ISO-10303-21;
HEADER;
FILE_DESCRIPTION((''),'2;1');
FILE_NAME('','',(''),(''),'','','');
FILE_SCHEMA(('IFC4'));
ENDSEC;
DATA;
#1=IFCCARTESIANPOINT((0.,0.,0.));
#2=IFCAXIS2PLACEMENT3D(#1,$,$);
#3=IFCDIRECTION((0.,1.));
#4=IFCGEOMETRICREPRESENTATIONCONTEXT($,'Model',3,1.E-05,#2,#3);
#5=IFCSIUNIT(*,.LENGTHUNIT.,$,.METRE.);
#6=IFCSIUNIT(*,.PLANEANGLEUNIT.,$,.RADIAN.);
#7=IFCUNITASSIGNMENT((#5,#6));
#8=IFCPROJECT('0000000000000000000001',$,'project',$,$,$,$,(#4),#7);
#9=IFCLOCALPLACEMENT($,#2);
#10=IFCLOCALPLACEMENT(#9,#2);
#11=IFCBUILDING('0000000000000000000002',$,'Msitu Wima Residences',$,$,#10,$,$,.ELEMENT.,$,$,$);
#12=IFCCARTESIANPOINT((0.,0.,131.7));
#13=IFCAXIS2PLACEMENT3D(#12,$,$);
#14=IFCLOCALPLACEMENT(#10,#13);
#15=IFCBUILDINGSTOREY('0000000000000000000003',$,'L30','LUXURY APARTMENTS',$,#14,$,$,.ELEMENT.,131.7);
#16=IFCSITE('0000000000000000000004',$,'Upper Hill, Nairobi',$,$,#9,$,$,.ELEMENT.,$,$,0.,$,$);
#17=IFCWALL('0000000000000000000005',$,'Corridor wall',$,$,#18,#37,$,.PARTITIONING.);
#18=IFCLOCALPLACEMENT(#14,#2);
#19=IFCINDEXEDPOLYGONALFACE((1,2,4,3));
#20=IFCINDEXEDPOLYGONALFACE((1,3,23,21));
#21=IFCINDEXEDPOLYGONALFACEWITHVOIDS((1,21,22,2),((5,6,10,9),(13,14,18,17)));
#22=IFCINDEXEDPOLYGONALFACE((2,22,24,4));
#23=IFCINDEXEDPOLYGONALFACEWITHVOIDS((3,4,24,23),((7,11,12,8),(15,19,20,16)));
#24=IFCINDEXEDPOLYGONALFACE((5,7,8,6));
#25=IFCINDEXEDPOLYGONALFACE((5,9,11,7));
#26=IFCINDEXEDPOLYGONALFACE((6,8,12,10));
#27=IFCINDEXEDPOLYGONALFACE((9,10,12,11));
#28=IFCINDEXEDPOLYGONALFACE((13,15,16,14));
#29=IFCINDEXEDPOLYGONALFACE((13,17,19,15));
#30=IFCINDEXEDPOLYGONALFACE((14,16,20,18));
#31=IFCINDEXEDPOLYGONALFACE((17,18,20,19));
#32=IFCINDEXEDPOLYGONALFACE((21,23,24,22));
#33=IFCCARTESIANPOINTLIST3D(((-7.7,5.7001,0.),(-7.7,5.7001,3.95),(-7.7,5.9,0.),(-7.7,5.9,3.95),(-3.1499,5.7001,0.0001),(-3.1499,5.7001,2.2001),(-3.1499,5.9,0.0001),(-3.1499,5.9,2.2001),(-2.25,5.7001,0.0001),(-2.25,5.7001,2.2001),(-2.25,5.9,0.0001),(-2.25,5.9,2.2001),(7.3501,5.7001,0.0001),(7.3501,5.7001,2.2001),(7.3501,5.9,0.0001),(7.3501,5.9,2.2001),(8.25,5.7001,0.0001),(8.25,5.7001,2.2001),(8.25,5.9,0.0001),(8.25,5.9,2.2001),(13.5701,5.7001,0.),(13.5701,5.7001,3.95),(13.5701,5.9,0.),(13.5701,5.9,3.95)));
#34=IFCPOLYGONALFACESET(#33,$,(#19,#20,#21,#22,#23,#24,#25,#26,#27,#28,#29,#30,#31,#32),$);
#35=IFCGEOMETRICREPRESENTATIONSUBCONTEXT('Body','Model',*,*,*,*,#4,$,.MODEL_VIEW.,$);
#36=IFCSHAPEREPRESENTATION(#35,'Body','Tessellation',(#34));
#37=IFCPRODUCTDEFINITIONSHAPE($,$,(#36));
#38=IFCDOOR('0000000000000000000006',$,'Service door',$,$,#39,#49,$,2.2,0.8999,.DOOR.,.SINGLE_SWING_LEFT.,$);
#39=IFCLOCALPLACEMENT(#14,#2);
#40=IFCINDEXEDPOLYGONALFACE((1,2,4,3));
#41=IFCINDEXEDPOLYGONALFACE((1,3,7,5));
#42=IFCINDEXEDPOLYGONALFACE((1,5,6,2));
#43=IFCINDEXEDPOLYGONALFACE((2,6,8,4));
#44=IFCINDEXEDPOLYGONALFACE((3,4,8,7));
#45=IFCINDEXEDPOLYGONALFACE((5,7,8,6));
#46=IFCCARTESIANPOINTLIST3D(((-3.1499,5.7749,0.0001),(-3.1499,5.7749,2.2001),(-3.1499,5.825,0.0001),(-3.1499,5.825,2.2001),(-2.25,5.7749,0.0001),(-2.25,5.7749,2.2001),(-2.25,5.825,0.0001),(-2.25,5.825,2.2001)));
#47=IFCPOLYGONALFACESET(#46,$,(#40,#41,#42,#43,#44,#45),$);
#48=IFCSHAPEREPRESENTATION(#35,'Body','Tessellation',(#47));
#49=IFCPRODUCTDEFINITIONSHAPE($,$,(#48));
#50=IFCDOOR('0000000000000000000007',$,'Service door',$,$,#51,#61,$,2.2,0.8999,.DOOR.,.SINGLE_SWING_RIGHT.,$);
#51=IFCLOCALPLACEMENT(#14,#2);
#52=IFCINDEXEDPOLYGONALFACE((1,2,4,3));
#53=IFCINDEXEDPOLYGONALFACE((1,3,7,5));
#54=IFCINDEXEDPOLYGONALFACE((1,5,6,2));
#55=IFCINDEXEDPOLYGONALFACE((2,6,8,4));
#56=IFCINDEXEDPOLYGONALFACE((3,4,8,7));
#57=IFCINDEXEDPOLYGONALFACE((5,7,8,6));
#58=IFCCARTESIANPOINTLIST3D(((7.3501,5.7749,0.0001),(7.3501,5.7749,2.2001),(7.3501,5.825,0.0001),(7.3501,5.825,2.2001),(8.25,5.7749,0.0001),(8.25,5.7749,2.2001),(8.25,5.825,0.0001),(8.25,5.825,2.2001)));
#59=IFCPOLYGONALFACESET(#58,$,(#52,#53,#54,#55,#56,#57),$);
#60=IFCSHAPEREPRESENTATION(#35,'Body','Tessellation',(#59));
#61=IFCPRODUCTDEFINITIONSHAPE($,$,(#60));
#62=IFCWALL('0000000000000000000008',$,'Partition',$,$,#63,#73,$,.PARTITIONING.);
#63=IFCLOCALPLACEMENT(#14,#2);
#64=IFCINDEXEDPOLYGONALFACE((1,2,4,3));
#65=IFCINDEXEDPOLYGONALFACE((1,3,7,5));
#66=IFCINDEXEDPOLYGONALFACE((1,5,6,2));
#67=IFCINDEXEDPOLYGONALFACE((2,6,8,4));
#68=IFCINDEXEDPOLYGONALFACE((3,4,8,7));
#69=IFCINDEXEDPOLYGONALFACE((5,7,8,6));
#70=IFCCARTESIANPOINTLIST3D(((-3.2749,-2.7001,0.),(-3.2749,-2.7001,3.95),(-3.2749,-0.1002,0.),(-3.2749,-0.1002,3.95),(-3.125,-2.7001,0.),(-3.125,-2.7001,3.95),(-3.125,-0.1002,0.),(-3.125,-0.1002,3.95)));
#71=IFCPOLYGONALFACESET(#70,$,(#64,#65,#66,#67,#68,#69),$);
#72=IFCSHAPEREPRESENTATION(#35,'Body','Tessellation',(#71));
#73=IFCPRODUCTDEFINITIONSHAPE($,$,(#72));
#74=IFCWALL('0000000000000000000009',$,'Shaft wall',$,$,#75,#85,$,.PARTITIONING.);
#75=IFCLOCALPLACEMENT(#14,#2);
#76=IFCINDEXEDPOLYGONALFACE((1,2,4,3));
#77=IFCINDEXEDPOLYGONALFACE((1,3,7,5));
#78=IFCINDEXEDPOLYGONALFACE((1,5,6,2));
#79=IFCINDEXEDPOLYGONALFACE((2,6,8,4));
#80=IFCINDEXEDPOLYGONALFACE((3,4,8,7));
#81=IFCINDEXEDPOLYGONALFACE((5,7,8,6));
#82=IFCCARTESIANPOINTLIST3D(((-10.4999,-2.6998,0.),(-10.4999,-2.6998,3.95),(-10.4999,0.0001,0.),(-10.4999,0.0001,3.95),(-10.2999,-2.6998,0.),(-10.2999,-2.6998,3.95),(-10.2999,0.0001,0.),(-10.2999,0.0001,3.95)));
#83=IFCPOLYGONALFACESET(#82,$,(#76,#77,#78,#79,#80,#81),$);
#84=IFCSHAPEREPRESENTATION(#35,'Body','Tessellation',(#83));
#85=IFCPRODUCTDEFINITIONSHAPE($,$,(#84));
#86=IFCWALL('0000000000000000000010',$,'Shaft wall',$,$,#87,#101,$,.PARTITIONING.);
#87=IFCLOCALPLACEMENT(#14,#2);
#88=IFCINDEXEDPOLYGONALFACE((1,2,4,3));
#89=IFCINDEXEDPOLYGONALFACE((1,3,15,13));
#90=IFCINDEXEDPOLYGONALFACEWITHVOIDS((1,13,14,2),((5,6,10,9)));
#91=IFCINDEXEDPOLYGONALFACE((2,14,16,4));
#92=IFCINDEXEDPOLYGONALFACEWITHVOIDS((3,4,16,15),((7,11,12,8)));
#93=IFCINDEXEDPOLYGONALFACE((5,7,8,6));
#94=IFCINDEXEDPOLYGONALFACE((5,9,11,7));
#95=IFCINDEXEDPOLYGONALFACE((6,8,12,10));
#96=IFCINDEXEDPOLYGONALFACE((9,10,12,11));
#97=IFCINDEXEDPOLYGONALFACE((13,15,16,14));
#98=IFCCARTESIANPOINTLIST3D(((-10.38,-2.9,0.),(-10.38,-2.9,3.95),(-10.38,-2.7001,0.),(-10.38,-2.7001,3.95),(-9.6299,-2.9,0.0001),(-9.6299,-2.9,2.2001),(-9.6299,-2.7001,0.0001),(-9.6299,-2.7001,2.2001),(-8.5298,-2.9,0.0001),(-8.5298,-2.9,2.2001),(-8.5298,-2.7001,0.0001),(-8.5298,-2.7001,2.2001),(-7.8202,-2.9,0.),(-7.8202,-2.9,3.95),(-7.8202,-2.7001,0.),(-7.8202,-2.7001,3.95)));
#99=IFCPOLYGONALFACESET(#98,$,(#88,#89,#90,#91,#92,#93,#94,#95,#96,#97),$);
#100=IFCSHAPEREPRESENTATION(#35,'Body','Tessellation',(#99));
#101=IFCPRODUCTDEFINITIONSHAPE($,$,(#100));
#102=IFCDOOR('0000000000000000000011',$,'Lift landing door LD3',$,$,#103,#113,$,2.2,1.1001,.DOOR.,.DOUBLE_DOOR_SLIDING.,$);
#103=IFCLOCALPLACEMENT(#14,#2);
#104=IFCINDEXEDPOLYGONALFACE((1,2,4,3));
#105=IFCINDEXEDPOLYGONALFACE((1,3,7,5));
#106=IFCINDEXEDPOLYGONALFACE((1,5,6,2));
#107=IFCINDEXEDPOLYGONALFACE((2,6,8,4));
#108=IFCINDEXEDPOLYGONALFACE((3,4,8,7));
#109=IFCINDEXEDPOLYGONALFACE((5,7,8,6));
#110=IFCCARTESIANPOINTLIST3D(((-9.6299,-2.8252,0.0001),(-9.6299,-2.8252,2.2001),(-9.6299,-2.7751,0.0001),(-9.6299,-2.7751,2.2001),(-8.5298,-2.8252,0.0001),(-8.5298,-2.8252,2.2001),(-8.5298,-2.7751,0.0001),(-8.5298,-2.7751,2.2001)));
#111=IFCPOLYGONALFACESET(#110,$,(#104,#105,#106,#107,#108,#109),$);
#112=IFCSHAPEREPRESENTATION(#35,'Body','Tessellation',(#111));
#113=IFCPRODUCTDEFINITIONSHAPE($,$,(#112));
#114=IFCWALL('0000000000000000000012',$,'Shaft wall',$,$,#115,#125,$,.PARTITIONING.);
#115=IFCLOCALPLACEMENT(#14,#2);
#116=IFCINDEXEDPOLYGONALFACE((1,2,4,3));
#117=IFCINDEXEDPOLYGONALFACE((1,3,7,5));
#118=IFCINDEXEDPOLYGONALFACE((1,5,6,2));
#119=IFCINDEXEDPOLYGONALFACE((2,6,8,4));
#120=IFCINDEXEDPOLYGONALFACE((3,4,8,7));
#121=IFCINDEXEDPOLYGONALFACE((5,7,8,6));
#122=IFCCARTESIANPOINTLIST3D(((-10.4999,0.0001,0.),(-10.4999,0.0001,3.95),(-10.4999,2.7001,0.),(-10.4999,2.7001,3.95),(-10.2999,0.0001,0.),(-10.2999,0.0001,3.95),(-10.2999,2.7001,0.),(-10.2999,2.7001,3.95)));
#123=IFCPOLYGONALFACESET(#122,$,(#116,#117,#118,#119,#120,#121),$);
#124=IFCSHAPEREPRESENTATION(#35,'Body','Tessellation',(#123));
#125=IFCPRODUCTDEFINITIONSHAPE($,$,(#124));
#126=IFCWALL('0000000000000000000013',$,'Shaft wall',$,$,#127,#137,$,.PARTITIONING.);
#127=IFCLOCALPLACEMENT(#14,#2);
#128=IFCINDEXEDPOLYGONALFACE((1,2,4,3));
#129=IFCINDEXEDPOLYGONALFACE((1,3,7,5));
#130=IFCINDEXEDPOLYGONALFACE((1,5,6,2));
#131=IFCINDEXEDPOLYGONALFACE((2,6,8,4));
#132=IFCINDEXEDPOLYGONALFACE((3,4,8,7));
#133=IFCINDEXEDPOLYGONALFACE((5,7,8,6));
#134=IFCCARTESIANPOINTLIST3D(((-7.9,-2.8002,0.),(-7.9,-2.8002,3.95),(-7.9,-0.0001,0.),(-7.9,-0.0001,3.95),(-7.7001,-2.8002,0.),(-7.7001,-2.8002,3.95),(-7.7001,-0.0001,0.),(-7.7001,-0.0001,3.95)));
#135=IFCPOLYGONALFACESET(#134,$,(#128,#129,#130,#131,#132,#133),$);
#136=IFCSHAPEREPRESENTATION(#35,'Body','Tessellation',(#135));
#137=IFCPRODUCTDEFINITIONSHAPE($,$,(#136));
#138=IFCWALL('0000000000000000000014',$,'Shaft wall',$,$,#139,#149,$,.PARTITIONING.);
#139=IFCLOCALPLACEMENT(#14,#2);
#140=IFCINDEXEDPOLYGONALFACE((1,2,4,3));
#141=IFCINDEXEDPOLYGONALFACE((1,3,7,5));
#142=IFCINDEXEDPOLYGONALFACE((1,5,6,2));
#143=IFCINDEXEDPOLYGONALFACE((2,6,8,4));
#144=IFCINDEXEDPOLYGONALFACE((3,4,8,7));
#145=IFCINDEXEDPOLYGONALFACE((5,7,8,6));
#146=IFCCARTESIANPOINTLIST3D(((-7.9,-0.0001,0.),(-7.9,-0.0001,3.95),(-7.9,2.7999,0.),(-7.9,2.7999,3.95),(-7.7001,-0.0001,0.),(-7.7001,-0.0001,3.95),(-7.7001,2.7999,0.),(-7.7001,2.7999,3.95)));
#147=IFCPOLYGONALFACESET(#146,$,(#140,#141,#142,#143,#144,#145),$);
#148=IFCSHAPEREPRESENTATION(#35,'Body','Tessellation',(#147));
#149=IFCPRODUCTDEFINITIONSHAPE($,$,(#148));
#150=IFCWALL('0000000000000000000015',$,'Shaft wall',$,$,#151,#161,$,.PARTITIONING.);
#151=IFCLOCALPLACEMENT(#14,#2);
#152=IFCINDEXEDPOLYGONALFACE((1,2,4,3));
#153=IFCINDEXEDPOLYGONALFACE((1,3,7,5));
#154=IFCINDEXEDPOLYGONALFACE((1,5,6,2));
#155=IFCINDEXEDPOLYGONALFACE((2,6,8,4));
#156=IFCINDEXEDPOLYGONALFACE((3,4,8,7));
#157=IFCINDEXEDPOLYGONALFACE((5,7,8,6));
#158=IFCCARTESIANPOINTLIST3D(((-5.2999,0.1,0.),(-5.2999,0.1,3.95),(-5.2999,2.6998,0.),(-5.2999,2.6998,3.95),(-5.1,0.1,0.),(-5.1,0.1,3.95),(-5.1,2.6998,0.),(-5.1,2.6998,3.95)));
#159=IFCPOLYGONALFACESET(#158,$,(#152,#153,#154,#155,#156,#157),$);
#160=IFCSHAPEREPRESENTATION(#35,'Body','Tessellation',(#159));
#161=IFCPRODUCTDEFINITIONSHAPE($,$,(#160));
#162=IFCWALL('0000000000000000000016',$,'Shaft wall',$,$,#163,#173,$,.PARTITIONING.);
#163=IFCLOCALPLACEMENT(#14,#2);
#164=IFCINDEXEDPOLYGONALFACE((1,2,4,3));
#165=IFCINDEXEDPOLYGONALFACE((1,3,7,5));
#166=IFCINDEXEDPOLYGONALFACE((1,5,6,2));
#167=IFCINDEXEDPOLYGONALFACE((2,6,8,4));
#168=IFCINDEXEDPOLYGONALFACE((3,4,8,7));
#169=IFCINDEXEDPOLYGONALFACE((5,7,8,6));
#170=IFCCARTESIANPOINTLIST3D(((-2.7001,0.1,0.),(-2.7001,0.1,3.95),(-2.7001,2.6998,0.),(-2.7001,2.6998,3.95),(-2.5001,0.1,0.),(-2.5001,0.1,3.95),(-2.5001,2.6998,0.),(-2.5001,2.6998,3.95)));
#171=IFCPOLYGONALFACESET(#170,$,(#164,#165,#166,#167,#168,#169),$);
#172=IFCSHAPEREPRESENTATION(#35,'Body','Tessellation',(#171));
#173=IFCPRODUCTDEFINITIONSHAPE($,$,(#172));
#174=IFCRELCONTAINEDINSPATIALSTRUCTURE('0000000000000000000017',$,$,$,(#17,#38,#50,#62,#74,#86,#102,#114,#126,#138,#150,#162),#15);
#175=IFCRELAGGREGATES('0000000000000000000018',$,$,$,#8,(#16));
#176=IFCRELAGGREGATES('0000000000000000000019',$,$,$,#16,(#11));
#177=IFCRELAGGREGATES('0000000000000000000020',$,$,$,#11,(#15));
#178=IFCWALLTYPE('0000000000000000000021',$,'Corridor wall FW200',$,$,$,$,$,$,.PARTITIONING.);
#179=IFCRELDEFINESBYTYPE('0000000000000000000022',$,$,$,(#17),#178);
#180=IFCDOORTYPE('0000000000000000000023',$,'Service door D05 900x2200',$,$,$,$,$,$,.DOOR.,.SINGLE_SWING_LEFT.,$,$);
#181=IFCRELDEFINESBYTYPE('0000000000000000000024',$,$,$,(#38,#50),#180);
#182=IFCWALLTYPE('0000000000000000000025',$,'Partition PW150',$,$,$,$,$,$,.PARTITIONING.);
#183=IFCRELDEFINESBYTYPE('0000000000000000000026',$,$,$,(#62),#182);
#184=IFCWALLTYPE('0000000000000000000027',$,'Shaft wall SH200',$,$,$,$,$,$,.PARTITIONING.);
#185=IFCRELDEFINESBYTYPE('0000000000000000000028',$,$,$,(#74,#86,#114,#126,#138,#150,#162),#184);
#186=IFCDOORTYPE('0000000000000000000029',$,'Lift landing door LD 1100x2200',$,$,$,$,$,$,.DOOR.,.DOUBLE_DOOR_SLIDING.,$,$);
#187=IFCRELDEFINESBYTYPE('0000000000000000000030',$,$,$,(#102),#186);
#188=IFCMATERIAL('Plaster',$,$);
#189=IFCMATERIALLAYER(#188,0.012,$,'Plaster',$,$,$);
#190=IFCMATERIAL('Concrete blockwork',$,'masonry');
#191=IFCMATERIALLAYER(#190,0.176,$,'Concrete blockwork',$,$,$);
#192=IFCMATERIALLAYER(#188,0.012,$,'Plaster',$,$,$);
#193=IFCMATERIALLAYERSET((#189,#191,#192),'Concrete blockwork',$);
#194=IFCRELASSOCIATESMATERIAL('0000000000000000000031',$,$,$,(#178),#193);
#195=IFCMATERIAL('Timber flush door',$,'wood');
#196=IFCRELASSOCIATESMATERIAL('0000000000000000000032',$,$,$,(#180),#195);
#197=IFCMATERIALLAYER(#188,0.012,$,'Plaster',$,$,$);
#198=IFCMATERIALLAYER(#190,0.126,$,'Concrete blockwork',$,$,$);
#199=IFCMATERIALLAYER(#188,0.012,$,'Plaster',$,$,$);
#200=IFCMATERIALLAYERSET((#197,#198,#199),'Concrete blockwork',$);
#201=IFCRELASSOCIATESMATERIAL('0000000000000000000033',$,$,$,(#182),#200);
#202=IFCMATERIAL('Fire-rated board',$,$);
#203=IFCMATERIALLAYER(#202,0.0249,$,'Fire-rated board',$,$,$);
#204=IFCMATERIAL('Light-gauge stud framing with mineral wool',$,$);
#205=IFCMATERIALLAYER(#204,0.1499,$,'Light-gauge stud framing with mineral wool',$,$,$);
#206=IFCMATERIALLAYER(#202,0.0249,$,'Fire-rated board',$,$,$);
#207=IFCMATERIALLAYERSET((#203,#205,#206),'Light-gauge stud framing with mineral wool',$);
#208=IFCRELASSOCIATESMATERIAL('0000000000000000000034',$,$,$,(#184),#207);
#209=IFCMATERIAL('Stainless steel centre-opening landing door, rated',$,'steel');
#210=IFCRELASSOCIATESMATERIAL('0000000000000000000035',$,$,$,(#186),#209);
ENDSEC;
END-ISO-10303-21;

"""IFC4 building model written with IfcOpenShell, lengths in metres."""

from ifc_helpers import new_model, si_unit, direction, frame, frame_2d, origin, place, context, subcontext, project, spatial, rectangle, extrude, material, layer, layer_set, type_object, element, fill, save


model = new_model("IFC4")

# Units and contexts
model_context = context("Model", 3, precision=1e-05, world=origin(), true_north=direction((0.0, 1.0)))
body_context = subcontext(model_context, "Body", "Model", "MODEL_VIEW")
ifc_project = project(units=[si_unit("LENGTHUNIT", "METRE"), si_unit("PLANEANGLEUNIT", "RADIAN")], contexts=[model_context])

# Site, building, storey
site_placement = place(None, origin())
site = spatial("IfcSite", under=ifc_project, at=site_placement, Name="Upper Hill, Nairobi", CompositionType="ELEMENT", RefElevation=0.0)
building_placement = place(site_placement, origin())
building = spatial("IfcBuilding", under=site, at=building_placement, Name="Msitu Wima Residences", CompositionType="ELEMENT")
storey_placement = place(building_placement, frame((0.0, 0.0, 131.7)))
storey = spatial("IfcBuildingStorey", under=building, at=storey_placement, Name="L30", Description="LUXURY APARTMENTS", CompositionType="ELEMENT", Elevation=131.7)

# Shared definitions
ifc_material_1 = material(Name="Plaster")
ifc_layer_1 = layer(ifc_material_1, 0.012, Name="Plaster")
ifc_material_2 = material(Name="Concrete blockwork", Category="masonry")
ifc_layer_2 = layer(ifc_material_2, 0.176, Name="Concrete blockwork")
ifc_layer_3 = layer(ifc_material_1, 0.012, Name="Plaster")
ifc_layer_set_1 = layer_set([ifc_layer_1, ifc_layer_2, ifc_layer_3], Name="Concrete blockwork")
wall_type_1 = type_object("IfcWallType", Name="Corridor wall FW200", PredefinedType="PARTITIONING", material=ifc_layer_set_1)
ifc_material_3 = material(Name="Timber flush door", Category="wood")
door_type_1 = type_object("IfcDoorType", Name="Service door D05 900x2200", OperationType="SINGLE_SWING_LEFT", PredefinedType="DOOR", material=ifc_material_3)

# Wall, openings, doors
wall_1_placement = place(storey_placement, frame((-7.7, 5.8, 0.0), z_axis=(0.0, 0.0, 1.0), x_axis=(1.0, 0.0, 0.0)))
wall_1 = element("IfcWall", 1, at=wall_1_placement, inside=storey, type_object=wall_type_1, Name="Corridor wall", PredefinedType="PARTITIONING", context=body_context, shape_type="SweptSolid", body=[
    extrude(rectangle(XDim=21.27, YDim=0.2, at=frame_2d((10.635, 0.0))), origin(), (0.0, 0.0, 1.0), 3.95),
])
opening_1_placement = place(wall_1_placement, frame((4.55, 0.0, 0.0)))
opening_1 = element("IfcOpeningElement", 2, at=opening_1_placement, cuts=wall_1, PredefinedType="OPENING", context=body_context, shape_type="SweptSolid", body=[
    extrude(rectangle(XDim=0.8999, YDim=2.2, at=frame_2d((0.45, 1.1001))), frame((0.0, 0.1099, 0.0), z_axis=(0.0, -1.0, 0.0), x_axis=(1.0, 0.0, 0.0)), (0.0, 0.0, 1.0), 0.22),
])
opening_2_placement = place(wall_1_placement, frame((15.05, 0.0, 0.0)))
opening_2 = element("IfcOpeningElement", 3, at=opening_2_placement, cuts=wall_1, PredefinedType="OPENING", context=body_context, shape_type="SweptSolid", body=[
    extrude(rectangle(XDim=0.8999, YDim=2.2, at=frame_2d((0.45, 1.1001))), frame((0.0, 0.1099, 0.0), z_axis=(0.0, -1.0, 0.0), x_axis=(1.0, 0.0, 0.0)), (0.0, 0.0, 1.0), 0.22),
])
door_1_placement = place(opening_1_placement, origin())
door_1 = element("IfcDoor", 4, at=door_1_placement, inside=storey, type_object=door_type_1, Name="Service door", OperationType="SINGLE_SWING_LEFT", OverallHeight=2.2, OverallWidth=0.8999, PredefinedType="DOOR", context=body_context, shape_type="SweptSolid", body=[
    extrude(rectangle(XDim=0.8999, YDim=2.2, at=frame_2d((0.45, 1.1001))), frame((0.0, 0.0249, 0.0), z_axis=(0.0, -1.0, 0.0), x_axis=(1.0, 0.0, 0.0)), (0.0, 0.0, 1.0), 0.05),
])
fill(opening_1, door_1)
door_2_placement = place(opening_2_placement, origin())
door_2 = element("IfcDoor", 5, at=door_2_placement, inside=storey, type_object=door_type_1, Name="Service door", OperationType="SINGLE_SWING_RIGHT", OverallHeight=2.2, OverallWidth=0.8999, PredefinedType="DOOR", context=body_context, shape_type="SweptSolid", body=[
    extrude(rectangle(XDim=0.8999, YDim=2.2, at=frame_2d((0.45, 1.1001))), frame((0.0, 0.0249, 0.0), z_axis=(0.0, -1.0, 0.0), x_axis=(1.0, 0.0, 0.0)), (0.0, 0.0, 1.0), 0.05),
])
fill(opening_2, door_2)

# Walls
ifc_layer_4 = layer(ifc_material_1, 0.012, Name="Plaster")
ifc_layer_5 = layer(ifc_material_2, 0.126, Name="Concrete blockwork")
ifc_layer_6 = layer(ifc_material_1, 0.012, Name="Plaster")
ifc_layer_set_2 = layer_set([ifc_layer_4, ifc_layer_5, ifc_layer_6], Name="Concrete blockwork")
wall_type_2 = type_object("IfcWallType", Name="Partition PW150", PredefinedType="PARTITIONING", material=ifc_layer_set_2)
wall_2_placement = place(storey_placement, frame((-3.2, -2.7, 0.0), z_axis=(0.0, 0.0, 1.0), x_axis=(0.0, 1.0, 0.0)))
element("IfcWall", 6, at=wall_2_placement, inside=storey, type_object=wall_type_2, Name="Partition", PredefinedType="PARTITIONING", context=body_context, shape_type="SweptSolid", body=[
    extrude(rectangle(XDim=2.5999, YDim=0.1499, at=frame_2d((1.2998, 0.0))), origin(), (0.0, 0.0, 1.0), 3.95),
])
ifc_material_4 = material(Name="Fire-rated board")
ifc_layer_7 = layer(ifc_material_4, 0.0249, Name="Fire-rated board")
ifc_material_5 = material(Name="Light-gauge stud framing with mineral wool")
ifc_layer_8 = layer(ifc_material_5, 0.1499, Name="Light-gauge stud framing with mineral wool")
ifc_layer_9 = layer(ifc_material_4, 0.0249, Name="Fire-rated board")
ifc_layer_set_3 = layer_set([ifc_layer_7, ifc_layer_8, ifc_layer_9], Name="Light-gauge stud framing with mineral wool")
wall_type_3 = type_object("IfcWallType", Name="Shaft wall SH200", PredefinedType="PARTITIONING", material=ifc_layer_set_3)
wall_3_placement = place(storey_placement, frame((-10.3999, -2.7, 0.0), z_axis=(0.0, 0.0, 1.0), x_axis=(0.0, 1.0, 0.0)))
element("IfcWall", 7, at=wall_3_placement, inside=storey, type_object=wall_type_3, Name="Shaft wall", PredefinedType="PARTITIONING", context=body_context, shape_type="SweptSolid", body=[
    extrude(rectangle(XDim=2.7, YDim=0.2, at=frame_2d((1.3501, 0.0))), origin(), (0.0, 0.0, 1.0), 3.95),
])

# Wall, opening, door
wall_4_placement = place(storey_placement, frame((-10.3799, -2.8, 0.0), z_axis=(0.0, 0.0, 1.0), x_axis=(1.0, 0.0, 0.0)))
wall_4 = element("IfcWall", 8, at=wall_4_placement, inside=storey, type_object=wall_type_3, Name="Shaft wall", PredefinedType="PARTITIONING", context=body_context, shape_type="SweptSolid", body=[
    extrude(rectangle(XDim=2.5598, YDim=0.2, at=frame_2d((1.2798, 0.0))), origin(), (0.0, 0.0, 1.0), 3.95),
])
opening_3_placement = place(wall_4_placement, frame((0.75, 0.0, 0.0)))
opening_3 = element("IfcOpeningElement", 9, at=opening_3_placement, cuts=wall_4, PredefinedType="OPENING", context=body_context, shape_type="SweptSolid", body=[
    extrude(rectangle(XDim=1.1001, YDim=2.2, at=frame_2d((0.55, 1.1001))), frame((0.0, 0.1099, 0.0), z_axis=(0.0, -1.0, 0.0), x_axis=(1.0, 0.0, 0.0)), (0.0, 0.0, 1.0), 0.22),
])
ifc_material_6 = material(Name="Stainless steel centre-opening landing door, rated", Category="steel")
door_type_2 = type_object("IfcDoorType", Name="Lift landing door LD 1100x2200", OperationType="DOUBLE_DOOR_SLIDING", PredefinedType="DOOR", material=ifc_material_6)
door_3_placement = place(opening_3_placement, origin())
door_3 = element("IfcDoor", 10, at=door_3_placement, inside=storey, type_object=door_type_2, Name="Lift landing door LD3", OperationType="DOUBLE_DOOR_SLIDING", OverallHeight=2.2, OverallWidth=1.1001, PredefinedType="DOOR", context=body_context, shape_type="SweptSolid", body=[
    extrude(rectangle(XDim=1.1001, YDim=2.2, at=frame_2d((0.55, 1.1001))), frame((0.0, 0.0249, 0.0), z_axis=(0.0, -1.0, 0.0), x_axis=(1.0, 0.0, 0.0)), (0.0, 0.0, 1.0), 0.05),
])
fill(opening_3, door_3)

# Walls
wall_5_placement = place(storey_placement, frame((-10.3999, 0.0, 0.0), z_axis=(0.0, 0.0, 1.0), x_axis=(0.0, 1.0, 0.0)))
element("IfcWall", 11, at=wall_5_placement, inside=storey, type_object=wall_type_3, Name="Shaft wall", PredefinedType="PARTITIONING", context=body_context, shape_type="SweptSolid", body=[
    extrude(rectangle(XDim=2.7, YDim=0.2, at=frame_2d((1.3501, 0.0))), origin(), (0.0, 0.0, 1.0), 3.95),
])
for number, where, z_axis, x_axis, name in (
    (12, (-7.8, -2.8, 0.0), (0.0, 0.0, 1.0), (0.0, 1.0, 0.0), "Shaft wall"),
    (13, (-7.8, 0.0, 0.0), (0.0, 0.0, 1.0), (0.0, 1.0, 0.0), "Shaft wall"),
):
    element("IfcWall", number, at=place(storey_placement, frame(where, z_axis=z_axis, x_axis=x_axis)), inside=storey, type_object=wall_type_3, Name=name, PredefinedType="PARTITIONING", context=body_context, shape_type="SweptSolid", body=[
        extrude(rectangle(XDim=2.8, YDim=0.2, at=frame_2d((1.3999, 0.0))), origin(), (0.0, 0.0, 1.0), 3.95),
    ])
for number, where, z_axis, x_axis, name in (
    (14, (-5.2, 0.1001, 0.0), (0.0, 0.0, 1.0), (0.0, 1.0, 0.0), "Shaft wall"),
    (15, (-2.6001, 0.1001, 0.0), (0.0, 0.0, 1.0), (0.0, 1.0, 0.0), "Shaft wall"),
):
    element("IfcWall", number, at=place(storey_placement, frame(where, z_axis=z_axis, x_axis=x_axis)), inside=storey, type_object=wall_type_3, Name=name, PredefinedType="PARTITIONING", context=body_context, shape_type="SweptSolid", body=[
        extrude(rectangle(XDim=2.5999, YDim=0.2, at=frame_2d((1.2998, 0.0))), origin(), (0.0, 0.0, 1.0), 3.95),
    ])

save(model, "model.ifc")
